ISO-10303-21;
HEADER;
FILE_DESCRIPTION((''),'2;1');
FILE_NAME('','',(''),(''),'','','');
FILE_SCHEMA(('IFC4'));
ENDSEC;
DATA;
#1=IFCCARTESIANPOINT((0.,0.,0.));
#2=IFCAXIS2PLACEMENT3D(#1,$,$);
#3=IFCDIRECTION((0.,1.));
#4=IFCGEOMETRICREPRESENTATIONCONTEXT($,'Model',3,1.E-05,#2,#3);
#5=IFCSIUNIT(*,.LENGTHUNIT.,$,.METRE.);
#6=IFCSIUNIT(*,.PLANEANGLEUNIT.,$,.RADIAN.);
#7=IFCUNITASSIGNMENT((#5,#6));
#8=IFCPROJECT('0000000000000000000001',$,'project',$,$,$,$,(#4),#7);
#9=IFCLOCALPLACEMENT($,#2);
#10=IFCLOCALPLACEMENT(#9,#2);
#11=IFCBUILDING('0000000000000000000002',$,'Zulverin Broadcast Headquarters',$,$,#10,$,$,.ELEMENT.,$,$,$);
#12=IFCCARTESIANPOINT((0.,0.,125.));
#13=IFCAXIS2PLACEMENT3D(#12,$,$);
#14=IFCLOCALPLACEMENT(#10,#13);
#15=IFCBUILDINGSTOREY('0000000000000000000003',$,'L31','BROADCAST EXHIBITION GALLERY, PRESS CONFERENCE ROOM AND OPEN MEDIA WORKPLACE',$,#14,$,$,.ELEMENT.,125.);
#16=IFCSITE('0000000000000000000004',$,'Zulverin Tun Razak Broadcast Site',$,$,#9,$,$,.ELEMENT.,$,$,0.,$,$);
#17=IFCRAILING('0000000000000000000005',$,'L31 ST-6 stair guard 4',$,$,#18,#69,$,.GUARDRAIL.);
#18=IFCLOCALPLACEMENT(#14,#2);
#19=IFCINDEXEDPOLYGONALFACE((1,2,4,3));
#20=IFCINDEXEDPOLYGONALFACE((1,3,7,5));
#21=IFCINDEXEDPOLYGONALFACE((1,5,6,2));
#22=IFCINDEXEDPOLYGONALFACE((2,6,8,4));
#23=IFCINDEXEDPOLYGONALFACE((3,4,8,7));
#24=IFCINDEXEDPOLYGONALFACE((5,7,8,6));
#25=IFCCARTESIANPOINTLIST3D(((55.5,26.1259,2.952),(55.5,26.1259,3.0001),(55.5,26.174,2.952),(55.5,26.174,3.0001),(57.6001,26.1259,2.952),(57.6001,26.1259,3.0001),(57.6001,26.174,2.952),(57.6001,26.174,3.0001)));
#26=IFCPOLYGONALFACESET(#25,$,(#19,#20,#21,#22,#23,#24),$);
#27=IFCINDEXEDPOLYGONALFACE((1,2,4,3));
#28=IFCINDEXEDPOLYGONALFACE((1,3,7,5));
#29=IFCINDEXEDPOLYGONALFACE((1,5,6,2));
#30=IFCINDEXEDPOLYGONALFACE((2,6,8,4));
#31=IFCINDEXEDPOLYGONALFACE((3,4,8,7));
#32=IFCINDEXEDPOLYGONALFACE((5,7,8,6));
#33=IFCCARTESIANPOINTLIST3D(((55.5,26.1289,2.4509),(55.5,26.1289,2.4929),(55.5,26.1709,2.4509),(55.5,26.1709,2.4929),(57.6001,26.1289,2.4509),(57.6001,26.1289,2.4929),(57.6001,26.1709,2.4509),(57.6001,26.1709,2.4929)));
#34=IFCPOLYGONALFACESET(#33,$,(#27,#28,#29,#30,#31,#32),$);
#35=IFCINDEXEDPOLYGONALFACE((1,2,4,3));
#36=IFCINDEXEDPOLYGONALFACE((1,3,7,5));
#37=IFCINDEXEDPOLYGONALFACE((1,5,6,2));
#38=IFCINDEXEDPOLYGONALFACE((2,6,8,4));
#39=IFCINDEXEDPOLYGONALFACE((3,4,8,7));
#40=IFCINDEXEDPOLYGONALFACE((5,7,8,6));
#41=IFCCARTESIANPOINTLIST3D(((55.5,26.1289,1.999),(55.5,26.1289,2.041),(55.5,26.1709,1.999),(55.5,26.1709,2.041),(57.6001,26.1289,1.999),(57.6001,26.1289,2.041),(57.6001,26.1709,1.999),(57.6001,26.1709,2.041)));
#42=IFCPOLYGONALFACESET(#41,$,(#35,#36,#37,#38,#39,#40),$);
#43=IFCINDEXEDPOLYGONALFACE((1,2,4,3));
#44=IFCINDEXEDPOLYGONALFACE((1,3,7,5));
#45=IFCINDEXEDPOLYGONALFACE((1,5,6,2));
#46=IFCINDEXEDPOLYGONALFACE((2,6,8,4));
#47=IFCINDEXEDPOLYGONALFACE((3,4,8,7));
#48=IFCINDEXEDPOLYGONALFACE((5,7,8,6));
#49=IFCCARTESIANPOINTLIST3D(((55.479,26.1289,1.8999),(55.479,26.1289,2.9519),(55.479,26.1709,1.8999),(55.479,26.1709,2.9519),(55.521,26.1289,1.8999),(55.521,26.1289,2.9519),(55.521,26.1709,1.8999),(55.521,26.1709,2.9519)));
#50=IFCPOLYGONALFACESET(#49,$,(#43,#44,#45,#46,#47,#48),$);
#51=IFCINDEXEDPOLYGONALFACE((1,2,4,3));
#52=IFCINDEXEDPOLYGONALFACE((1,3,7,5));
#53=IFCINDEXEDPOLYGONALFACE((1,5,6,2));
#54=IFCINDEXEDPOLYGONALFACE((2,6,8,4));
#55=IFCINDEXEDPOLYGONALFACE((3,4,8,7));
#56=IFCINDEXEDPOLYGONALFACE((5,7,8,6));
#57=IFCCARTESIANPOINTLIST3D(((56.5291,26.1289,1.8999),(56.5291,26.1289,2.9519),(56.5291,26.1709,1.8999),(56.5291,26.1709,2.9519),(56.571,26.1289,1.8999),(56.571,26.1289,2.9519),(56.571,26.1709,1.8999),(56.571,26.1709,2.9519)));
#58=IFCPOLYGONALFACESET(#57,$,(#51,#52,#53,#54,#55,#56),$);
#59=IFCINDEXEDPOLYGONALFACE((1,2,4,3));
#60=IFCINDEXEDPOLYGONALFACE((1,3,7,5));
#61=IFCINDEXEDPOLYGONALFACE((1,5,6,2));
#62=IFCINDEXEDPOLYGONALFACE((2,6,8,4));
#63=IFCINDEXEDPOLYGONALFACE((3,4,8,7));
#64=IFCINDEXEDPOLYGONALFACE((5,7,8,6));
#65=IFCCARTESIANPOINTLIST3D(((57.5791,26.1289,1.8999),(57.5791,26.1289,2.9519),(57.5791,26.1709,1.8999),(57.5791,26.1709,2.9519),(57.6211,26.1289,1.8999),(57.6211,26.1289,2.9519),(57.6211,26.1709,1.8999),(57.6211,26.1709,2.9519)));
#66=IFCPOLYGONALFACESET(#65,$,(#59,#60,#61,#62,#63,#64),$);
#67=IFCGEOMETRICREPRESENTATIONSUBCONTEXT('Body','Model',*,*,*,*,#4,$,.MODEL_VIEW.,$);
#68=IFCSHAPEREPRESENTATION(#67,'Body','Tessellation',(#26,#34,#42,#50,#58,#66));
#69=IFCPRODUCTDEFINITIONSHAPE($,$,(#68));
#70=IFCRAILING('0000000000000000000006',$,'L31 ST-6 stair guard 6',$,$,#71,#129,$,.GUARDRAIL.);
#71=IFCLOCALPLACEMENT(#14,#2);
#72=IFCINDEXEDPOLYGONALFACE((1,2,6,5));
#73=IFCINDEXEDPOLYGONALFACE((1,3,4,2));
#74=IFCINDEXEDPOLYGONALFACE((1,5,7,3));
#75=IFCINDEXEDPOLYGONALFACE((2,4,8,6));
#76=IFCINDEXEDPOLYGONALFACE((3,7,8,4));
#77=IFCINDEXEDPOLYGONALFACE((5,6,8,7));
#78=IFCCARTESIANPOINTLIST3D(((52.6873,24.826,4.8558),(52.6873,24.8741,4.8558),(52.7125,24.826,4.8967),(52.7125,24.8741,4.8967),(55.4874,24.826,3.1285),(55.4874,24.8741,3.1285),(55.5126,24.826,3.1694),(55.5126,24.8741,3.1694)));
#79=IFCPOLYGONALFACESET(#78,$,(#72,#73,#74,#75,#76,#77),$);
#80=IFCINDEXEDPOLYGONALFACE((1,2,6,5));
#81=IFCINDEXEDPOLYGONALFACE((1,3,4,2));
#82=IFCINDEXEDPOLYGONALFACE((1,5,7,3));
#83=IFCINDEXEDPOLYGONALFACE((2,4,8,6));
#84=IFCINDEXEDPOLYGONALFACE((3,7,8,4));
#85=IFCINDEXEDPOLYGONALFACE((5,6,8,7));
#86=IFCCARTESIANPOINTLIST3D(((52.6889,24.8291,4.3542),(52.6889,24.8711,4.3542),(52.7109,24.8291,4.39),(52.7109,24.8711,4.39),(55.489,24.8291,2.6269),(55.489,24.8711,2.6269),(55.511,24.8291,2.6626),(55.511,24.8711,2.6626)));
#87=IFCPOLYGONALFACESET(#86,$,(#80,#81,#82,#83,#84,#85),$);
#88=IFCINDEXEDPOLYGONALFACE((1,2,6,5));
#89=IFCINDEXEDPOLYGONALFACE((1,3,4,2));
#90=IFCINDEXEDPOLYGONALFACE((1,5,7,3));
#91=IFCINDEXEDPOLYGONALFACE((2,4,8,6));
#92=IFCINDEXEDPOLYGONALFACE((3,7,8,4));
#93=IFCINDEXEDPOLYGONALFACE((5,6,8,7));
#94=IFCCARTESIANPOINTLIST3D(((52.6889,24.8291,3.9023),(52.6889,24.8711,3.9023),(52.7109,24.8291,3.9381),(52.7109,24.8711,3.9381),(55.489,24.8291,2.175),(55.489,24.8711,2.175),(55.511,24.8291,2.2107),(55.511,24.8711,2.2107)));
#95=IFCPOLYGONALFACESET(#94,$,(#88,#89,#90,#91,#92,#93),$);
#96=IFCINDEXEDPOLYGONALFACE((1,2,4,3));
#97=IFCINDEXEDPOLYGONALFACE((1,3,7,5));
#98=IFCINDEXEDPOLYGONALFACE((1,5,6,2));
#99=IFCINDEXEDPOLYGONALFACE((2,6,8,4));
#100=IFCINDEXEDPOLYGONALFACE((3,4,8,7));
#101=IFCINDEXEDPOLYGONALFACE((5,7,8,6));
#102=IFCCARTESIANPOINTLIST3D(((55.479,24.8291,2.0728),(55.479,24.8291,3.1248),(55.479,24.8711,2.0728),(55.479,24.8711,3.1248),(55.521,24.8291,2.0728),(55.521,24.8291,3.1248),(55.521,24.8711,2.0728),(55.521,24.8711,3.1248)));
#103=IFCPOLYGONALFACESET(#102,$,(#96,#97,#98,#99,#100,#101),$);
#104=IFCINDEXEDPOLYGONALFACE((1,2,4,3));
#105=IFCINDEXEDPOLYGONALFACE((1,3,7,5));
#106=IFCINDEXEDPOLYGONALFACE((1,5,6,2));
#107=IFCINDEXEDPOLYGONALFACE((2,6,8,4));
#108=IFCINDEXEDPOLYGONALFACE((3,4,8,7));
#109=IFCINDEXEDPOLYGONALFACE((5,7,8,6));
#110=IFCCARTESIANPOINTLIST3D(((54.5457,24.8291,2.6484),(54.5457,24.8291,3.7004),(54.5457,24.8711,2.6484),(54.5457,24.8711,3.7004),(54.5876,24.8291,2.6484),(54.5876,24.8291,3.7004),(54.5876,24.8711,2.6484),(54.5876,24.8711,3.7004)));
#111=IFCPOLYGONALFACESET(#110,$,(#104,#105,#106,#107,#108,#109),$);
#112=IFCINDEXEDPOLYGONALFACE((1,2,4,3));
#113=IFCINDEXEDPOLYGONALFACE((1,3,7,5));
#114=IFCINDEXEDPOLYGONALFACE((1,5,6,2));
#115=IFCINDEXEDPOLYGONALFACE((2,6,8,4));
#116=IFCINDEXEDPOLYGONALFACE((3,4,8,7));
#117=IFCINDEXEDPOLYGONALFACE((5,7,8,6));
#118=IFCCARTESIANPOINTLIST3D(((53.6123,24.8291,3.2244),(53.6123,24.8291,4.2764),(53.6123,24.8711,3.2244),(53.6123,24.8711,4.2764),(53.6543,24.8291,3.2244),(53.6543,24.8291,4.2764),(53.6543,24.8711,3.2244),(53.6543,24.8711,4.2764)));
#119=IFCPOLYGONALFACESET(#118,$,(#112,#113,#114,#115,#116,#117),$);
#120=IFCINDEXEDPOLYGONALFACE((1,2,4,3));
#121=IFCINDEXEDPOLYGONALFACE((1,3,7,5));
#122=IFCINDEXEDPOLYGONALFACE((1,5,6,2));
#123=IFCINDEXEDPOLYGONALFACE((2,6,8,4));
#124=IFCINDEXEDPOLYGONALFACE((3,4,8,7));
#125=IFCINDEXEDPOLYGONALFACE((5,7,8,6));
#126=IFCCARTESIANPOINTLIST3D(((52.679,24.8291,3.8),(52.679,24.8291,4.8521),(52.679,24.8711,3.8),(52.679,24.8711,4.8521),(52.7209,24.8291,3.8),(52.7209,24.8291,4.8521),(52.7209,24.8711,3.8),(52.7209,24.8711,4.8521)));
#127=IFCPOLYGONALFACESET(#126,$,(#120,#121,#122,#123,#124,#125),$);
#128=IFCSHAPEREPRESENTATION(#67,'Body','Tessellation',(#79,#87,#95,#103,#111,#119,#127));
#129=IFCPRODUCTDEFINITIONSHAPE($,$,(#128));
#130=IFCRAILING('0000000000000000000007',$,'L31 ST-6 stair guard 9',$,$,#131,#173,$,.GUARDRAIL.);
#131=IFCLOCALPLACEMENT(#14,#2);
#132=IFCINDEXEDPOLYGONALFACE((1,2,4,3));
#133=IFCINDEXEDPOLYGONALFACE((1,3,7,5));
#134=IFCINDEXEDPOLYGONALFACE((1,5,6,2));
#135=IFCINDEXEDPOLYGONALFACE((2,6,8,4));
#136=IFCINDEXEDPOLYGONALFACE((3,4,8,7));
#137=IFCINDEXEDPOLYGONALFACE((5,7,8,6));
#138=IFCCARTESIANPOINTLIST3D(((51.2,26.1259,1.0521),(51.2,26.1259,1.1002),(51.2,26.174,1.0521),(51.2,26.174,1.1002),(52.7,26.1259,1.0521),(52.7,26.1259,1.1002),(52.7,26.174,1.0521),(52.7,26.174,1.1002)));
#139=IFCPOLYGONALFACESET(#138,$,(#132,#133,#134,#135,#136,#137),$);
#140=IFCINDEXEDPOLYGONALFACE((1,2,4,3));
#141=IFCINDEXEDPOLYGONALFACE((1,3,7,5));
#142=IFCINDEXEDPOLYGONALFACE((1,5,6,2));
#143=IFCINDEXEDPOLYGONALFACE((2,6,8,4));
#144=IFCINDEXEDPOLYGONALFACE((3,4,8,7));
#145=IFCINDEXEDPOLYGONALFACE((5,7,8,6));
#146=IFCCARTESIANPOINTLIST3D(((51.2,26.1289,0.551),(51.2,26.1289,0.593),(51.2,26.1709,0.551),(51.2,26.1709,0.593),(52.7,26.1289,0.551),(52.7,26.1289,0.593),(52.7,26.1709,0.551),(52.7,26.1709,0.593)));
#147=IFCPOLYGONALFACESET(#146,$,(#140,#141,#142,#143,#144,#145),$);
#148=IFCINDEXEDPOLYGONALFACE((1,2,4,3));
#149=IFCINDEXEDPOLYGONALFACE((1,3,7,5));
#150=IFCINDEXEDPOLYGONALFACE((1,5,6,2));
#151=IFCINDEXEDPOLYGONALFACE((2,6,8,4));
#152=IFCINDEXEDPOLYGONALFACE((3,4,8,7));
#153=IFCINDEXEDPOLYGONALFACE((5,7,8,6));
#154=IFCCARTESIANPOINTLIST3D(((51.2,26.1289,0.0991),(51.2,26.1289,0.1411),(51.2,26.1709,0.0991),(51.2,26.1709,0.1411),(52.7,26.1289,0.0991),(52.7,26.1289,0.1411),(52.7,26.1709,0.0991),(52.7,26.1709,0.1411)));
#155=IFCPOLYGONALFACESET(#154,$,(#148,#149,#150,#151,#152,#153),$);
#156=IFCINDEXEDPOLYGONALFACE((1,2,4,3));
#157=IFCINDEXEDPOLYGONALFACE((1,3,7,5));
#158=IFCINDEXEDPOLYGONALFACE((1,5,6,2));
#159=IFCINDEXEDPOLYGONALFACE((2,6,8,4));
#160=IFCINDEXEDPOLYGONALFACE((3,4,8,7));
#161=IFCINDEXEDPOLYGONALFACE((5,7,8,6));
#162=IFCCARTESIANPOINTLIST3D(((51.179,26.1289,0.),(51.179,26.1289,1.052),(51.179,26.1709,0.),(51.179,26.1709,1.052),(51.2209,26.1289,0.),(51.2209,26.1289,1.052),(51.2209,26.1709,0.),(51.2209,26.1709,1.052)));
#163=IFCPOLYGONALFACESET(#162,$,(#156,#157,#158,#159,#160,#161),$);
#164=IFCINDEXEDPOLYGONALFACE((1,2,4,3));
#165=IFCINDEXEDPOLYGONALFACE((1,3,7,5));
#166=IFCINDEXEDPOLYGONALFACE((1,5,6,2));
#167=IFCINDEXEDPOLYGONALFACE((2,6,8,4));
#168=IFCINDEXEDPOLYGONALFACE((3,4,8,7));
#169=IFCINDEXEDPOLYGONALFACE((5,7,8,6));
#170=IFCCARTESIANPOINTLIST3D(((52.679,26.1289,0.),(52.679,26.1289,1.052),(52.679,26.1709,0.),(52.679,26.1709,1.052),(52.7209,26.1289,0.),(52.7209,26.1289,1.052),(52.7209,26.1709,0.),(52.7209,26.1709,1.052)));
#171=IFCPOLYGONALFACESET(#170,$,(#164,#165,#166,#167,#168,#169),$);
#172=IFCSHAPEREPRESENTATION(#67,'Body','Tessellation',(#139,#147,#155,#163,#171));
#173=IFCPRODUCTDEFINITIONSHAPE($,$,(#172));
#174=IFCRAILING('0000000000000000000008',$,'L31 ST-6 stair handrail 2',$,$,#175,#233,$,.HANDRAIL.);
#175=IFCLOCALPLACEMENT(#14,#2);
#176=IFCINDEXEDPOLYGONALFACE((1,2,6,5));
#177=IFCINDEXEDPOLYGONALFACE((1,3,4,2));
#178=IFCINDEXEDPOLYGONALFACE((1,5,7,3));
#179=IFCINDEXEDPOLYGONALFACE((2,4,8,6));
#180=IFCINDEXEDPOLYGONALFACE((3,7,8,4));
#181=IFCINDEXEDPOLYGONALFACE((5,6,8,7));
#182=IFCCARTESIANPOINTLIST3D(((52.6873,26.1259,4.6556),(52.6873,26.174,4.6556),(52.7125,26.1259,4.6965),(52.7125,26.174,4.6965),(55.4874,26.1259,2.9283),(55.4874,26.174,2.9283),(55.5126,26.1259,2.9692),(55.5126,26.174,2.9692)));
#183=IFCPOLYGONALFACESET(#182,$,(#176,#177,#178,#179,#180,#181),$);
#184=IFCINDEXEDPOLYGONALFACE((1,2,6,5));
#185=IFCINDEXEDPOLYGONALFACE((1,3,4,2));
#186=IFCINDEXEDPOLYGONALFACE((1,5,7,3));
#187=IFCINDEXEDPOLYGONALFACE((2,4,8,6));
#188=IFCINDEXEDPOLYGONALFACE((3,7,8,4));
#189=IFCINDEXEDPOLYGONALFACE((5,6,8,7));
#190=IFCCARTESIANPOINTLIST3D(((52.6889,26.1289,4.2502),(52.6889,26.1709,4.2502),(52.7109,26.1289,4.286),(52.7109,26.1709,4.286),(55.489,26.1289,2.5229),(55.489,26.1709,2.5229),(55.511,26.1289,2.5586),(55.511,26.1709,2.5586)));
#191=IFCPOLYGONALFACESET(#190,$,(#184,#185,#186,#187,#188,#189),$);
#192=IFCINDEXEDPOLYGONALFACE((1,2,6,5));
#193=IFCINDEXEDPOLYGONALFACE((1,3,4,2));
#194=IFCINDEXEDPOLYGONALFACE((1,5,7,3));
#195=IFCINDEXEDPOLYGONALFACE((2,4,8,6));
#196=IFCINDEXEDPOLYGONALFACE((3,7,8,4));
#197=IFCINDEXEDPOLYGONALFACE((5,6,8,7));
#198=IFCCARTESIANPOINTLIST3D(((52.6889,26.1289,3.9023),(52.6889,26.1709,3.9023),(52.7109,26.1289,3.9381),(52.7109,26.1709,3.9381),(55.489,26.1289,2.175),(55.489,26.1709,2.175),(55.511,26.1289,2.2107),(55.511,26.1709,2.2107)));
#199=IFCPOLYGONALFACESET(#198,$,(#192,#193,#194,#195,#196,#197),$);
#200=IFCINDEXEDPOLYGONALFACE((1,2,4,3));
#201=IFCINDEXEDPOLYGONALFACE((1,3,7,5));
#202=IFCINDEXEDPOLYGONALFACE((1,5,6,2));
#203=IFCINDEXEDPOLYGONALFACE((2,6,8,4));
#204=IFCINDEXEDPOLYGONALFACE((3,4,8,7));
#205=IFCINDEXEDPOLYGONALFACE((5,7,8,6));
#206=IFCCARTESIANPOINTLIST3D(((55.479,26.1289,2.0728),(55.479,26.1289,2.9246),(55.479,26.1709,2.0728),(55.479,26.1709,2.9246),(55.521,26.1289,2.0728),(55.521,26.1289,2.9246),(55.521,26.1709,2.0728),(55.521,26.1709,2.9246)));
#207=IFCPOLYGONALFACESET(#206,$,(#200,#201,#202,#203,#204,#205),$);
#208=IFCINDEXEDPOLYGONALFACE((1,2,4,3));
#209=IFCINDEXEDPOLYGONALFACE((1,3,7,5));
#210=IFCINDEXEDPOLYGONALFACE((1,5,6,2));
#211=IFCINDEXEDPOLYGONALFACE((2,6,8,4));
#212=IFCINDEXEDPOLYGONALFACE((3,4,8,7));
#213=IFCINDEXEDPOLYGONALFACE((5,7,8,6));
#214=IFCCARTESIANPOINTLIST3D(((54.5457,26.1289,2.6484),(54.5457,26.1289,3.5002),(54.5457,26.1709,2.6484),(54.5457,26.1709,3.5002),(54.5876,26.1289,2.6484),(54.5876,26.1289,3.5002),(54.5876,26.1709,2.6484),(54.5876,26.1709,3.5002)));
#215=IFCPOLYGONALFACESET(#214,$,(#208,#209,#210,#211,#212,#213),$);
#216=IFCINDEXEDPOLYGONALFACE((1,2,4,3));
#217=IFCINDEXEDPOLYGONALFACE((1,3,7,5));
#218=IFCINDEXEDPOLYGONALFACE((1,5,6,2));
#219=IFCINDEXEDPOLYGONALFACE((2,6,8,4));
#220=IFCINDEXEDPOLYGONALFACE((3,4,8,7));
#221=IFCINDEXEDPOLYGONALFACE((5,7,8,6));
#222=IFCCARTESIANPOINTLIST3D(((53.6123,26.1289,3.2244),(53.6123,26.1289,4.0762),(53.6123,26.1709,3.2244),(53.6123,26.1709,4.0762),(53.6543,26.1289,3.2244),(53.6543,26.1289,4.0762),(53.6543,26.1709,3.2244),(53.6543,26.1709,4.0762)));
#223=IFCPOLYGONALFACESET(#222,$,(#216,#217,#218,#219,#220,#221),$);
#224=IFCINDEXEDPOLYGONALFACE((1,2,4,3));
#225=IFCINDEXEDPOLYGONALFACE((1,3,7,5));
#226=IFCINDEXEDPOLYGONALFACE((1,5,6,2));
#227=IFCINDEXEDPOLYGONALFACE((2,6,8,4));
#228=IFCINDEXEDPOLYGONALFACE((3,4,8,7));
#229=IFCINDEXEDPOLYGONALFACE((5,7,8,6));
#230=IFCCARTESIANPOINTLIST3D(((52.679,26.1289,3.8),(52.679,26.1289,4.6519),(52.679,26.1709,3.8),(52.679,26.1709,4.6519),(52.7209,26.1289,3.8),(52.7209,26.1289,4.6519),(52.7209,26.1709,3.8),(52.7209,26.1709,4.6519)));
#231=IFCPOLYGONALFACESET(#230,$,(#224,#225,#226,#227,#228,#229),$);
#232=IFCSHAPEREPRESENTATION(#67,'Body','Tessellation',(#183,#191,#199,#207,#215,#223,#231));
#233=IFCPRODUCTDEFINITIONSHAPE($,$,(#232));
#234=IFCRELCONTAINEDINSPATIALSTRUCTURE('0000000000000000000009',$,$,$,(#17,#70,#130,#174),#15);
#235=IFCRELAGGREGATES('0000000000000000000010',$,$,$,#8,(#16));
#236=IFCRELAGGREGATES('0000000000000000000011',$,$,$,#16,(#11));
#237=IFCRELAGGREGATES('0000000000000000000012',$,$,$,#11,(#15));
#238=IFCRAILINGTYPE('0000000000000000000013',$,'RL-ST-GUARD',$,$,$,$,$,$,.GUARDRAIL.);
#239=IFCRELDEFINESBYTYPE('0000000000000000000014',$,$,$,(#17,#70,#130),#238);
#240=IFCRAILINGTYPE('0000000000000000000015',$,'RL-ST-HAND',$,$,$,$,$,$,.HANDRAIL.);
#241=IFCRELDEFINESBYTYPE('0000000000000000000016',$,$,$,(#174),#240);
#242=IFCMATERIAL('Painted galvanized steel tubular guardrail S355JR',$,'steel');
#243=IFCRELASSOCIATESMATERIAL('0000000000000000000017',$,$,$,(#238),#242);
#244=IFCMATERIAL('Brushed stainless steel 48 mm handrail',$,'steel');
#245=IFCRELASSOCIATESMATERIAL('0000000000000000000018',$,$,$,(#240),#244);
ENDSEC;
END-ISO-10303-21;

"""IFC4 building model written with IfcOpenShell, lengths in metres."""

from ifc_helpers import new_model, si_unit, direction, frame, origin, origin_2d, place, context, subcontext, project, spatial, rectangle, extrude, material, type_object, element, save


model = new_model("IFC4")

# Units and contexts
model_context = context("Model", 3, precision=1e-05, world=origin(), true_north=direction((0.0, 1.0)))
body_context = subcontext(model_context, "Body", "Model", "MODEL_VIEW")
ifc_project = project(units=[si_unit("LENGTHUNIT", "METRE"), si_unit("PLANEANGLEUNIT", "RADIAN")], contexts=[model_context])

# Site, building, storey
site_placement = place(None, origin())
site = spatial("IfcSite", under=ifc_project, at=site_placement, Name="Zulverin Tun Razak Broadcast Site", CompositionType="ELEMENT", RefElevation=0.0)
building_placement = place(site_placement, origin())
building = spatial("IfcBuilding", under=site, at=building_placement, Name="Zulverin Broadcast Headquarters", CompositionType="ELEMENT")
storey_placement = place(building_placement, frame((0.0, 0.0, 125.0)))
storey = spatial("IfcBuildingStorey", under=building, at=storey_placement, Name="L31", Description="BROADCAST EXHIBITION GALLERY, PRESS CONFERENCE ROOM AND OPEN MEDIA WORKPLACE", CompositionType="ELEMENT", Elevation=125.0)

# Railings
ifc_material_1 = material(Name="Painted galvanized steel tubular guardrail S355JR", Category="steel")
railing_type_1 = type_object("IfcRailingType", Name="RL-ST-GUARD", PredefinedType="GUARDRAIL", material=ifc_material_1)
railing_1_placement = place(storey_placement, frame((55.5, 26.1499, 1.8999)))
element("IfcRailing", 1, at=railing_1_placement, inside=storey, type_object=railing_type_1, Name="L31 ST-6 stair guard 4", PredefinedType="GUARDRAIL", context=body_context, shape_type="SweptSolid", body=[
    extrude(rectangle(XDim=0.0481, YDim=0.0481, at=origin_2d()), frame((0.0, 0.0, 1.0762), z_axis=(1.0, 0.0, 0.0), x_axis=(0.0, 1.0, 0.0)), (0.0, 0.0, 1.0), 2.1001),
    extrude(rectangle(XDim=0.042, YDim=0.042, at=origin_2d()), frame((0.0, 0.0, 0.572), z_axis=(1.0, 0.0, 0.0), x_axis=(0.0, 1.0, 0.0)), (0.0, 0.0, 1.0), 2.1001),
    extrude(rectangle(XDim=0.042, YDim=0.042, at=origin_2d()), frame((0.0, 0.0, 0.1201), z_axis=(1.0, 0.0, 0.0), x_axis=(0.0, 1.0, 0.0)), (0.0, 0.0, 1.0), 2.1001),
    extrude(rectangle(XDim=0.042, YDim=0.042, at=origin_2d()), origin(), (0.0, 0.0, 1.0), 1.052),
    extrude(rectangle(XDim=0.042, YDim=0.042, at=origin_2d()), frame((1.05, 0.0, 0.0)), (0.0, 0.0, 1.0), 1.052),
    extrude(rectangle(XDim=0.042, YDim=0.042, at=origin_2d()), frame((2.1001, 0.0, 0.0)), (0.0, 0.0, 1.0), 1.052),
])
railing_2_placement = place(storey_placement, frame((55.5, 24.8501, 2.0728)))
element("IfcRailing", 2, at=railing_2_placement, inside=storey, type_object=railing_type_1, Name="L31 ST-6 stair guard 6", PredefinedType="GUARDRAIL", context=body_context, shape_type="SweptSolid", body=[
    extrude(rectangle(XDim=0.0481, YDim=0.0481, at=origin_2d()), frame((0.0, 0.0, 1.0762), z_axis=(-0.85109, 0.0, 0.52502), x_axis=(0.0, -1.0, 0.0)), (0.0, 0.0, 1.0), 3.29),
    extrude(rectangle(XDim=0.042, YDim=0.042, at=origin_2d()), frame((0.0, 0.0, 0.572), z_axis=(-0.85109, 0.0, 0.52502), x_axis=(0.0, -1.0, 0.0)), (0.0, 0.0, 1.0), 3.29),
    extrude(rectangle(XDim=0.042, YDim=0.042, at=origin_2d()), frame((0.0, 0.0, 0.1201), z_axis=(-0.85109, 0.0, 0.52502), x_axis=(0.0, -1.0, 0.0)), (0.0, 0.0, 1.0), 3.29),
    extrude(rectangle(XDim=0.042, YDim=0.042, at=origin_2d()), origin(), (0.0, 0.0, 1.0), 1.052),
    extrude(rectangle(XDim=0.042, YDim=0.042, at=origin_2d()), frame((-0.9333, 0.0, 0.5757)), (0.0, 0.0, 1.0), 1.052),
    extrude(rectangle(XDim=0.042, YDim=0.042, at=origin_2d()), frame((-1.8667, 0.0, 1.1516)), (0.0, 0.0, 1.0), 1.052),
    extrude(rectangle(XDim=0.042, YDim=0.042, at=origin_2d()), frame((-2.8, 0.0, 1.7273)), (0.0, 0.0, 1.0), 1.052),
])
railing_3_placement = place(storey_placement, frame((51.2, 26.1499, 0.0)))
element("IfcRailing", 3, at=railing_3_placement, inside=storey, type_object=railing_type_1, Name="L31 ST-6 stair guard 9", PredefinedType="GUARDRAIL", context=body_context, shape_type="SweptSolid", body=[
    extrude(rectangle(XDim=0.0481, YDim=0.0481, at=origin_2d()), frame((0.0, 0.0, 1.0762), z_axis=(1.0, 0.0, 0.0), x_axis=(0.0, 1.0, 0.0)), (0.0, 0.0, 1.0), 1.5),
    extrude(rectangle(XDim=0.042, YDim=0.042, at=origin_2d()), frame((0.0, 0.0, 0.572), z_axis=(1.0, 0.0, 0.0), x_axis=(0.0, 1.0, 0.0)), (0.0, 0.0, 1.0), 1.5),
    extrude(rectangle(XDim=0.042, YDim=0.042, at=origin_2d()), frame((0.0, 0.0, 0.1201), z_axis=(1.0, 0.0, 0.0), x_axis=(0.0, 1.0, 0.0)), (0.0, 0.0, 1.0), 1.5),
    extrude(rectangle(XDim=0.042, YDim=0.042, at=origin_2d()), origin(), (0.0, 0.0, 1.0), 1.052),
    extrude(rectangle(XDim=0.042, YDim=0.042, at=origin_2d()), frame((1.5, 0.0, 0.0)), (0.0, 0.0, 1.0), 1.052),
])
ifc_material_2 = material(Name="Brushed stainless steel 48 mm handrail", Category="steel")
railing_type_2 = type_object("IfcRailingType", Name="RL-ST-HAND", PredefinedType="HANDRAIL", material=ifc_material_2)
railing_4_placement = place(storey_placement, frame((55.5, 26.1499, 2.0728)))
element("IfcRailing", 4, at=railing_4_placement, inside=storey, type_object=railing_type_2, Name="L31 ST-6 stair handrail 2", PredefinedType="HANDRAIL", context=body_context, shape_type="SweptSolid", body=[
    extrude(rectangle(XDim=0.0481, YDim=0.0481, at=origin_2d()), frame((0.0, 0.0, 0.876), z_axis=(-0.85109, 0.0, 0.52502), x_axis=(0.0, -1.0, 0.0)), (0.0, 0.0, 1.0), 3.29),
    extrude(rectangle(XDim=0.042, YDim=0.042, at=origin_2d()), frame((0.0, 0.0, 0.468), z_axis=(-0.85109, 0.0, 0.52502), x_axis=(0.0, -1.0, 0.0)), (0.0, 0.0, 1.0), 3.29),
    extrude(rectangle(XDim=0.042, YDim=0.042, at=origin_2d()), frame((0.0, 0.0, 0.1201), z_axis=(-0.85109, 0.0, 0.52502), x_axis=(0.0, -1.0, 0.0)), (0.0, 0.0, 1.0), 3.29),
    extrude(rectangle(XDim=0.042, YDim=0.042, at=origin_2d()), origin(), (0.0, 0.0, 1.0), 0.8518),
    extrude(rectangle(XDim=0.042, YDim=0.042, at=origin_2d()), frame((-0.9333, 0.0, 0.5757)), (0.0, 0.0, 1.0), 0.8518),
    extrude(rectangle(XDim=0.042, YDim=0.042, at=origin_2d()), frame((-1.8667, 0.0, 1.1516)), (0.0, 0.0, 1.0), 0.8518),
    extrude(rectangle(XDim=0.042, YDim=0.042, at=origin_2d()), frame((-2.8, 0.0, 1.7273)), (0.0, 0.0, 1.0), 0.8518),
])

save(model, "model.ifc")
